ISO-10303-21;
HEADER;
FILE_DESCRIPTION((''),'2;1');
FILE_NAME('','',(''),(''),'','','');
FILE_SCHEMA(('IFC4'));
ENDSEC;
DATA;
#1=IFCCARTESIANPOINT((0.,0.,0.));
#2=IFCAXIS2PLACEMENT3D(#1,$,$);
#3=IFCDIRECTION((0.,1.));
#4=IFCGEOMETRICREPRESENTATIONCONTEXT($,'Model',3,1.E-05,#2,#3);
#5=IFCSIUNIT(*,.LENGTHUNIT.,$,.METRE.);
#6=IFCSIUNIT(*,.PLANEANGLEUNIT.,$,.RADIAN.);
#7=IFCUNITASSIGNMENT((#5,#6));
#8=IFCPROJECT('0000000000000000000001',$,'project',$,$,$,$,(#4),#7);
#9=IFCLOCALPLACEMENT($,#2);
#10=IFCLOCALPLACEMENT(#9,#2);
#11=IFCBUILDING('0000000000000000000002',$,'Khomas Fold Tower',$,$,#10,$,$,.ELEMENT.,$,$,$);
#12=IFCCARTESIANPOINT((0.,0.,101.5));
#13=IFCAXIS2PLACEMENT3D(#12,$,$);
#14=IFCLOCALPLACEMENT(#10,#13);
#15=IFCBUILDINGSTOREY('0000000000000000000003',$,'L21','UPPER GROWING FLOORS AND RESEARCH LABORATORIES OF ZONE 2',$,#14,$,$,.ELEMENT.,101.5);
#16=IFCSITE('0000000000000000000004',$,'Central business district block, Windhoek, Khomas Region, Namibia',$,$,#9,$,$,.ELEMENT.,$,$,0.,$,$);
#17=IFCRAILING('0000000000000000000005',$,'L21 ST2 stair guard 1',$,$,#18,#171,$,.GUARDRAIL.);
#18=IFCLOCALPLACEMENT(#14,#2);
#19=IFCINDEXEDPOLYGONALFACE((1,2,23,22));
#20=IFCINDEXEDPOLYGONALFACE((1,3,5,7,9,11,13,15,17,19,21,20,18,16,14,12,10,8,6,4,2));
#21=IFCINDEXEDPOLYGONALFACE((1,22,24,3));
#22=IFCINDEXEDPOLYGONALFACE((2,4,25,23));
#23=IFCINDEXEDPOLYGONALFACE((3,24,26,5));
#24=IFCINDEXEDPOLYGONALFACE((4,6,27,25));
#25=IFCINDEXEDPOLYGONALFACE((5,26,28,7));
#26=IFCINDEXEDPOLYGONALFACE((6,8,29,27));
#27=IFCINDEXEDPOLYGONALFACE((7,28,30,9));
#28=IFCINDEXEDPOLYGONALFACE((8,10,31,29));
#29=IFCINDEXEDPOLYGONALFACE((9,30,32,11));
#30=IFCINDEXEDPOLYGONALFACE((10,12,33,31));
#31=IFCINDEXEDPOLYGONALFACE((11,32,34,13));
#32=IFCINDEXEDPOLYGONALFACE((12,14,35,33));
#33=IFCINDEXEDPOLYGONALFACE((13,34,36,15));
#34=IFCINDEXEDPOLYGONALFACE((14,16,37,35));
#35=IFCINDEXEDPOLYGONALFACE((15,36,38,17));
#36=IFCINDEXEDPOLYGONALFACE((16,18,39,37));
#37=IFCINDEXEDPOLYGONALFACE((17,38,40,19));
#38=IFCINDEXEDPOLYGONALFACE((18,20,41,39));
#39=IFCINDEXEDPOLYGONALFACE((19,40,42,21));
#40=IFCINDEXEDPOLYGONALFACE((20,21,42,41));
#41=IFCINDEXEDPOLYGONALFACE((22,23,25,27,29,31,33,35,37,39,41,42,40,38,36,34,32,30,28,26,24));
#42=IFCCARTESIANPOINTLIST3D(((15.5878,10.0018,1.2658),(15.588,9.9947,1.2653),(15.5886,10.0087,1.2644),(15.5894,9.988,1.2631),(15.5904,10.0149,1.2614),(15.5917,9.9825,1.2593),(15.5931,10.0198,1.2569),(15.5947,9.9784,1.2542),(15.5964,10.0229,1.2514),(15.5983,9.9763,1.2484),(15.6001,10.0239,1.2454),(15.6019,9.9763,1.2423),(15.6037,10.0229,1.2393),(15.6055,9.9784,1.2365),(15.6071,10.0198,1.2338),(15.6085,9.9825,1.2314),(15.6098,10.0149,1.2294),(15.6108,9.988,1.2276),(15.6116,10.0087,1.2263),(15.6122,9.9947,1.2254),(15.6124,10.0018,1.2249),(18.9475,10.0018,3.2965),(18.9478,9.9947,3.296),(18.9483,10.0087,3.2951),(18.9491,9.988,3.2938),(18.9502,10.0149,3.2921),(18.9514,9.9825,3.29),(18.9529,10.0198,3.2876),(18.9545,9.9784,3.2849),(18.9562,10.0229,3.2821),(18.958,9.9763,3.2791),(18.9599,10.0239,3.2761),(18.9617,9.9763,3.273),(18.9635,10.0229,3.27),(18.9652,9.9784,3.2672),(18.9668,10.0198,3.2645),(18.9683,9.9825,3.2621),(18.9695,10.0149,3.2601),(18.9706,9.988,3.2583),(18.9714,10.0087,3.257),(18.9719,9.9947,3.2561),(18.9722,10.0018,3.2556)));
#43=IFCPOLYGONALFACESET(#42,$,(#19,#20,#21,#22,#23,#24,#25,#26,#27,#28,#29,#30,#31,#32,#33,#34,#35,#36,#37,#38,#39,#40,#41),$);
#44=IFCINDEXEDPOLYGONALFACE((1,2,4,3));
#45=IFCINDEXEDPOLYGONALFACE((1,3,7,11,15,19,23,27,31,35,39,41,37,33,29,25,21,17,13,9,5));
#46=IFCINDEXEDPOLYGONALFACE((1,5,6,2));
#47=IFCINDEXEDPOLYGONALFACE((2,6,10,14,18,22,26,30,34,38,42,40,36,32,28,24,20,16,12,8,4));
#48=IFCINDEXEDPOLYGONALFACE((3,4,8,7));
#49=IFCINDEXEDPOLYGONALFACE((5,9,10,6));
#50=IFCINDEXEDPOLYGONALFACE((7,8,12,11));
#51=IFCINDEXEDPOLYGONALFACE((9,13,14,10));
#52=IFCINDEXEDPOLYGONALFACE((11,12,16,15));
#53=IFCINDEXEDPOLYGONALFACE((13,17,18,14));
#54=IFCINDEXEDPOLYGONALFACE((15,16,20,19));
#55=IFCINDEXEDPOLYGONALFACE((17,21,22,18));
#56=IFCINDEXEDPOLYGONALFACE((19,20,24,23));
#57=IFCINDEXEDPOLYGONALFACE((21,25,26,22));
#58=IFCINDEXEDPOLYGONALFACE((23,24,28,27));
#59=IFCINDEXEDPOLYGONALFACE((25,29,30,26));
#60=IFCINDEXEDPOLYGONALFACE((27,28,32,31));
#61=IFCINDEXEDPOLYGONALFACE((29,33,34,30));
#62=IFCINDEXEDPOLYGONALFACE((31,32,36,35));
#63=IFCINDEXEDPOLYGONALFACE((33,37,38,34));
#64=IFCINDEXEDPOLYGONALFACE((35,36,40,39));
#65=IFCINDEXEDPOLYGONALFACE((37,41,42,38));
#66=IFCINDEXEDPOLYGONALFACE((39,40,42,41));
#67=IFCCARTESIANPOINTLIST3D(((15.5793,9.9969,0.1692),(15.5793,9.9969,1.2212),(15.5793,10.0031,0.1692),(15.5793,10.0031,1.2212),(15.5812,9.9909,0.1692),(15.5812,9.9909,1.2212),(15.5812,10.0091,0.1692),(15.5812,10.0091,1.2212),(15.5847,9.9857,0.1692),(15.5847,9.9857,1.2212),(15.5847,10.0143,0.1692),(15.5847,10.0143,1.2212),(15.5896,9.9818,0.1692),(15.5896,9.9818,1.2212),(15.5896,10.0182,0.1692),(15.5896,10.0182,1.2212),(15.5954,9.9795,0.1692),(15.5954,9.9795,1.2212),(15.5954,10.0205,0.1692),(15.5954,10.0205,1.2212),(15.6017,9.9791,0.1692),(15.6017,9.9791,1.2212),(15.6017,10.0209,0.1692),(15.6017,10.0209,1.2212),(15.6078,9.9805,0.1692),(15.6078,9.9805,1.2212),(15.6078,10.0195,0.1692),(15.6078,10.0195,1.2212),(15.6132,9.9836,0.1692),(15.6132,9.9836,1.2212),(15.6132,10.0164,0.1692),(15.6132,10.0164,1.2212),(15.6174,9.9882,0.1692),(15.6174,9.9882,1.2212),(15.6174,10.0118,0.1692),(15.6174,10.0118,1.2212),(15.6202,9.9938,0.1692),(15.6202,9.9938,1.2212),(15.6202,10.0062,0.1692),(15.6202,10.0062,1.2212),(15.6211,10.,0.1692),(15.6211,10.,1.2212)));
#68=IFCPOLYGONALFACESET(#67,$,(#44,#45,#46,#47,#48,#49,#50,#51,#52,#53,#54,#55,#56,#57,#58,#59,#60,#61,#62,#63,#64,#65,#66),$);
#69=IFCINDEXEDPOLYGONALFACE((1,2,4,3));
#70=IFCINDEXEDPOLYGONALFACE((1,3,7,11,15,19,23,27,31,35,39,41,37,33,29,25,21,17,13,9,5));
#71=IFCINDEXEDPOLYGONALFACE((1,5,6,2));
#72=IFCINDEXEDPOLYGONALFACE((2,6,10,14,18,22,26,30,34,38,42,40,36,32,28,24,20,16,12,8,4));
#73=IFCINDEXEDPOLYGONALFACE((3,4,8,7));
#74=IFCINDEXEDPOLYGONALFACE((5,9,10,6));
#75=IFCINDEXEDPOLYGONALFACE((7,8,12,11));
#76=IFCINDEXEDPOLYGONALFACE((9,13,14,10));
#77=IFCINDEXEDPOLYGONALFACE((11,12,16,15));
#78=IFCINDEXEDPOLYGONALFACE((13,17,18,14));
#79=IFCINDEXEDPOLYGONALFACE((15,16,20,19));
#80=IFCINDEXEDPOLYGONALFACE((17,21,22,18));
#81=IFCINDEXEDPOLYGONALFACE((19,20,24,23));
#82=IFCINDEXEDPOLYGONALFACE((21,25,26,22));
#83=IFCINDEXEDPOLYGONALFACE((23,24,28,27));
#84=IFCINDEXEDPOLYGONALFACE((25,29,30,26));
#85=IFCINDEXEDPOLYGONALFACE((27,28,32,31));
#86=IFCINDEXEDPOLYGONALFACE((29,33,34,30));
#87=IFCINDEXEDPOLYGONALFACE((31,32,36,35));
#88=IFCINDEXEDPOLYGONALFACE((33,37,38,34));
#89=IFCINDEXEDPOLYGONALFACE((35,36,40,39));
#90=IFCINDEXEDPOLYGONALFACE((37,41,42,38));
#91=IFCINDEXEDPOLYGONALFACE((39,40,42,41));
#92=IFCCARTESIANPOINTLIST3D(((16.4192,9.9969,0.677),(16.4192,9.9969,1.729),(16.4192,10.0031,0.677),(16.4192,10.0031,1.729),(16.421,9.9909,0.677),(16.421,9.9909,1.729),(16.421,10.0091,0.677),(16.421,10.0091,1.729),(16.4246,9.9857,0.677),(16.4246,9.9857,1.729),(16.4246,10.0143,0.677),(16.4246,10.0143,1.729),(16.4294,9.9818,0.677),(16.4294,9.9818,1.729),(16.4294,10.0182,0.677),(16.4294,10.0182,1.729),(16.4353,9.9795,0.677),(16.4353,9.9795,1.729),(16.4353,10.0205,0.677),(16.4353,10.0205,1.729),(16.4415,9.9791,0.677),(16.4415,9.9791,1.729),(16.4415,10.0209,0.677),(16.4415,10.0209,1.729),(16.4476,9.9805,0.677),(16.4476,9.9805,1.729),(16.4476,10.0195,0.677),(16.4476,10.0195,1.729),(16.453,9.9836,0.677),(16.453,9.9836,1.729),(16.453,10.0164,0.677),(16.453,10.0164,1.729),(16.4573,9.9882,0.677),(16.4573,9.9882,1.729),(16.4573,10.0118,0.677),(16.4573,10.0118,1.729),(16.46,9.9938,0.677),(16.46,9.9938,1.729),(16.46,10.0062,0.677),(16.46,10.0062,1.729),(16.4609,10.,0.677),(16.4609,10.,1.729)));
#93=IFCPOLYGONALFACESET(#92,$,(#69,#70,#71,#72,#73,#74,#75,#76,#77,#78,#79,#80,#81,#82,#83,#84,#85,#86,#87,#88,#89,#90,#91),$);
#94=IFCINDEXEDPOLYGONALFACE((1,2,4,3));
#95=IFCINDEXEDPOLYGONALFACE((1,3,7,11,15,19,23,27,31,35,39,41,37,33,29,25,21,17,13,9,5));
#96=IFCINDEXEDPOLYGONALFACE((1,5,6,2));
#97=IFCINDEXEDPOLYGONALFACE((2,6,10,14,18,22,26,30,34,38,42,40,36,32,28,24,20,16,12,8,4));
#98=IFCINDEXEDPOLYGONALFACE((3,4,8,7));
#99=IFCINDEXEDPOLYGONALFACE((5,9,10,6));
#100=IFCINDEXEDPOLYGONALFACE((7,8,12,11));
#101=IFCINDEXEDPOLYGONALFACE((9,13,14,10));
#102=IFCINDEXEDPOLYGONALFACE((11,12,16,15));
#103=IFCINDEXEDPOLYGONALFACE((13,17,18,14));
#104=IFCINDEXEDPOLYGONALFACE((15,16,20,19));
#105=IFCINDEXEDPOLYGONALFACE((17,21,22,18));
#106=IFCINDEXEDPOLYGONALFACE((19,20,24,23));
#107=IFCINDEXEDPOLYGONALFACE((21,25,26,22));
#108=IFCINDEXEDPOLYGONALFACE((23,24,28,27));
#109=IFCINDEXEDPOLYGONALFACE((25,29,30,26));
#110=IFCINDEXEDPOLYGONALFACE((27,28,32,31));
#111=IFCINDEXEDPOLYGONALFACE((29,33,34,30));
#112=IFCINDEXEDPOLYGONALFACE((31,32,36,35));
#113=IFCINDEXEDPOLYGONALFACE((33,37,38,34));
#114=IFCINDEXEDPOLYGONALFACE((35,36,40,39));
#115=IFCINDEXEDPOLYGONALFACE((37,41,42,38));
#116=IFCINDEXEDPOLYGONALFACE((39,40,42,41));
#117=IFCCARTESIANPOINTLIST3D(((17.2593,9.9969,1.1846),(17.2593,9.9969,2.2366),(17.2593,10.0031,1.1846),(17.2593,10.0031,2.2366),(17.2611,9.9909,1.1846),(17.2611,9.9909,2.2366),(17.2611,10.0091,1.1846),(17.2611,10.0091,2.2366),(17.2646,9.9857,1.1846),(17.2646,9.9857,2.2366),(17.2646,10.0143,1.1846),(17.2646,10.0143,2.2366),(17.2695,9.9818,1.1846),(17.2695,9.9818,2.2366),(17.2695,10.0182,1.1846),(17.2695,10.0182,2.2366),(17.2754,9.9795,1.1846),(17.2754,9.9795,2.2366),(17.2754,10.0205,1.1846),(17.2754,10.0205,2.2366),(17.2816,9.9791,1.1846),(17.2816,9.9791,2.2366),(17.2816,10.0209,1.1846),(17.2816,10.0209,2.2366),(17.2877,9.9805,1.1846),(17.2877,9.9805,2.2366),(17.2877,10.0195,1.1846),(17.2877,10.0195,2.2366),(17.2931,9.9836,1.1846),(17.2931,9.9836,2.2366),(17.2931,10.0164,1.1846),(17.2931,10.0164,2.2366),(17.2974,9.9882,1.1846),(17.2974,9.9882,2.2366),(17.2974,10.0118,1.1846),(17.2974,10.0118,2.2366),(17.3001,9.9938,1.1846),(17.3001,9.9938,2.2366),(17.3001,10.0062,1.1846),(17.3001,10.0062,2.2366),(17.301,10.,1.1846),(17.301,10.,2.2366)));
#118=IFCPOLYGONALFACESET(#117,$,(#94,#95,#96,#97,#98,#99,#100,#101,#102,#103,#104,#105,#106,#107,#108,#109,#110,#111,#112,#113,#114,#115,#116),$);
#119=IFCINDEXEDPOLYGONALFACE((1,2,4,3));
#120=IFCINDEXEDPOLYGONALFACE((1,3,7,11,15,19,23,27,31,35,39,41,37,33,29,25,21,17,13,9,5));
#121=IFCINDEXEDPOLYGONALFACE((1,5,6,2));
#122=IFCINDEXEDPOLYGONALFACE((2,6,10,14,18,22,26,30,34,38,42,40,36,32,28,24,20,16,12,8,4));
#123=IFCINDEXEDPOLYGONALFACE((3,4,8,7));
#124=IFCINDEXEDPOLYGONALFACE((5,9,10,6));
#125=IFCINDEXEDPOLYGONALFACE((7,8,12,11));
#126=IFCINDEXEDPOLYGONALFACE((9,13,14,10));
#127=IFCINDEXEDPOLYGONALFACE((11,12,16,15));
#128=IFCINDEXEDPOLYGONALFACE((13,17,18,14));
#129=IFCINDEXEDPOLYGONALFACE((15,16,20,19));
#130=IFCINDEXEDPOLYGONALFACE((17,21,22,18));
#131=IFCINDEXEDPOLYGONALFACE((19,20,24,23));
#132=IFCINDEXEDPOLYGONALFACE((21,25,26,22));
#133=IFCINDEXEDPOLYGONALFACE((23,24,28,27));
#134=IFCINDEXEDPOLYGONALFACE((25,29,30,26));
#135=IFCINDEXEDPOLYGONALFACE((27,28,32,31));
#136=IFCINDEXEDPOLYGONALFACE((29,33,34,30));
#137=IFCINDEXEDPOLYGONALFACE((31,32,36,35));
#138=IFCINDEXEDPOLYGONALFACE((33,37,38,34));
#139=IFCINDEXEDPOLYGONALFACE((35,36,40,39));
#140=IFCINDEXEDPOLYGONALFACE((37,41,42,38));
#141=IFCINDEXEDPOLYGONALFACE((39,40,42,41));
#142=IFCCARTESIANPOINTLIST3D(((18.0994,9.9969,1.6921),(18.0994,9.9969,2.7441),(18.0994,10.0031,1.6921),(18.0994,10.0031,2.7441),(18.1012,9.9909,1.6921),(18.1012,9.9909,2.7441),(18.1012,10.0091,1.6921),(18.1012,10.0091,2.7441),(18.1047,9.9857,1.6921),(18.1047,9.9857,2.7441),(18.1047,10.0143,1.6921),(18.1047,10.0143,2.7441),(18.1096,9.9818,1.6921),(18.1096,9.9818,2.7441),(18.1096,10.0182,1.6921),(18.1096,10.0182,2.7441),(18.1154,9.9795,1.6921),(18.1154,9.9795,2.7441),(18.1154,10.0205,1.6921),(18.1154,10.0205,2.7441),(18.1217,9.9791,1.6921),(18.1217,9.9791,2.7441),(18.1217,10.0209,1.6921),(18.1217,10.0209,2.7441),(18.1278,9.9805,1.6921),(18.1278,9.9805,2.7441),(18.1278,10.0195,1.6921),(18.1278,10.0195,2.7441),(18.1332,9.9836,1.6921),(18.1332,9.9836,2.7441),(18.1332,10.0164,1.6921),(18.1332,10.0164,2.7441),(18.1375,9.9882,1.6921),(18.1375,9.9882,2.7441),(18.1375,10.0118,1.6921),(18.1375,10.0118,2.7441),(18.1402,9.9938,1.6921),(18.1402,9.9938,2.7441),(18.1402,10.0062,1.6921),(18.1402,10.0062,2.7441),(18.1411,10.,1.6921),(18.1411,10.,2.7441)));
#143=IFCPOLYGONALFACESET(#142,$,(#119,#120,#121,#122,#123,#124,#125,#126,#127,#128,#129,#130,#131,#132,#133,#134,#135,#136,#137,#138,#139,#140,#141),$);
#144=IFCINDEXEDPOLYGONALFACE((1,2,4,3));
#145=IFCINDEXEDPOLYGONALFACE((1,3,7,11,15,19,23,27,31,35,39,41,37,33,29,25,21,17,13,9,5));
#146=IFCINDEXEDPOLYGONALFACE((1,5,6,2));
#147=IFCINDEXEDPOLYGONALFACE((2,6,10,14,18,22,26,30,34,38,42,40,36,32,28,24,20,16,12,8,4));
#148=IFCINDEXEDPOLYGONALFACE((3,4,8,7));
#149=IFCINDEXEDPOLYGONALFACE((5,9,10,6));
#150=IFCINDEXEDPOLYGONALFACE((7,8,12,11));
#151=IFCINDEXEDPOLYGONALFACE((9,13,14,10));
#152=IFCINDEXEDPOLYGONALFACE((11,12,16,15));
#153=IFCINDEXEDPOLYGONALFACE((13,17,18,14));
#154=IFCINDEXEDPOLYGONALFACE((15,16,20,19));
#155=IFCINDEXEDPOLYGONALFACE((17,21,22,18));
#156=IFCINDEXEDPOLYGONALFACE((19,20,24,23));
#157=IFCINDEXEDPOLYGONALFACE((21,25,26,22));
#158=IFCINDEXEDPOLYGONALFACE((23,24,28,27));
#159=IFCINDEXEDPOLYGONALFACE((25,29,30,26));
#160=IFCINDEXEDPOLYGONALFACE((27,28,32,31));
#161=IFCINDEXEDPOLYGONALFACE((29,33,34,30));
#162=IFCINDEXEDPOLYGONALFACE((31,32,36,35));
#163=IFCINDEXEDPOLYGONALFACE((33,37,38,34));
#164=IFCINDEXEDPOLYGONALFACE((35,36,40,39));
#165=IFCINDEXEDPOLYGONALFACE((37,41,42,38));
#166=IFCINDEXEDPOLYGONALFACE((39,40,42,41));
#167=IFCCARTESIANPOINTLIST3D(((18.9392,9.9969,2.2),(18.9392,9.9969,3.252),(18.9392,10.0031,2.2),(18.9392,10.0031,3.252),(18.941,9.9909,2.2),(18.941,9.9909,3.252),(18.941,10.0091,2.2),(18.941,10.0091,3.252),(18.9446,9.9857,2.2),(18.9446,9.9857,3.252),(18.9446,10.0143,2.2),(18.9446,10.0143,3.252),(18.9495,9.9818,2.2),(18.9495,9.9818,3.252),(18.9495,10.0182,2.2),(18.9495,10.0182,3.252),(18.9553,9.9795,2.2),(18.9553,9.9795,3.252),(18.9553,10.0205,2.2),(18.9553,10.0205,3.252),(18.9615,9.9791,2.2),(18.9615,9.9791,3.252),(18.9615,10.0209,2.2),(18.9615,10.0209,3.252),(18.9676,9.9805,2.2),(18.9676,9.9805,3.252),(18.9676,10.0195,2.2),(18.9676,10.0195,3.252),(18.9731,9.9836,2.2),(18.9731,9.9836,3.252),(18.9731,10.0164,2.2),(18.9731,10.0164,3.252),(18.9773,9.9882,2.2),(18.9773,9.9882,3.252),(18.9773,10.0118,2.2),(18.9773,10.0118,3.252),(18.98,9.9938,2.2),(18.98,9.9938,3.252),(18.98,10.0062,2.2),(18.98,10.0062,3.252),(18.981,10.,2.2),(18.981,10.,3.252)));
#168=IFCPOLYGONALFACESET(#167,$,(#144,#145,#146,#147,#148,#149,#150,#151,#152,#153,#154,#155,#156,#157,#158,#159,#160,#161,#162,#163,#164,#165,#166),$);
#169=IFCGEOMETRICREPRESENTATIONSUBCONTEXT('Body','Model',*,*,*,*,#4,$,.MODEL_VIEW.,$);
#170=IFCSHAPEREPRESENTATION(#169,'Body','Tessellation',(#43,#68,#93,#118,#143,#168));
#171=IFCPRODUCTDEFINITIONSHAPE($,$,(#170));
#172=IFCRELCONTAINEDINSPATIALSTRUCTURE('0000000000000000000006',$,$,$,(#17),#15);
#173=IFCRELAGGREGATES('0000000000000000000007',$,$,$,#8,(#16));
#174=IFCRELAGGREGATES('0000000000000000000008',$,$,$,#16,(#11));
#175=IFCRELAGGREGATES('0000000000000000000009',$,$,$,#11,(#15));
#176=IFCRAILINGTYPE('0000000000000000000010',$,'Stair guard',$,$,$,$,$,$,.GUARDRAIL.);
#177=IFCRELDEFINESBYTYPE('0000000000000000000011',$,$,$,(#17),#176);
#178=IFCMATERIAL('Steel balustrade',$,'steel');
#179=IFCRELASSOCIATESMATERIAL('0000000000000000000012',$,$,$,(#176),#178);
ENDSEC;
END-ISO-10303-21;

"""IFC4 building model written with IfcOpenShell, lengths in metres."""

from ifc_helpers import new_model, si_unit, direction, frame, origin, origin_2d, place, context, subcontext, project, spatial, circle, extrude, source, transform, mapped, material, type_object, element, save


model = new_model("IFC4")

# Units and contexts
model_context = context("Model", 3, precision=1e-05, world=origin(), true_north=direction((0.0, 1.0)))
body_context = subcontext(model_context, "Body", "Model", "MODEL_VIEW")
ifc_project = project(units=[si_unit("LENGTHUNIT", "METRE"), si_unit("PLANEANGLEUNIT", "RADIAN")], contexts=[model_context])

# Site, building, storey
site_placement = place(None, origin())
site = spatial("IfcSite", under=ifc_project, at=site_placement, Name="Central business district block, Windhoek, Khomas Region, Namibia", CompositionType="ELEMENT", RefElevation=0.0)
building_placement = place(site_placement, origin())
building = spatial("IfcBuilding", under=site, at=building_placement, Name="Khomas Fold Tower", CompositionType="ELEMENT")
storey_placement = place(building_placement, frame((0.0, 0.0, 101.5)))
storey = spatial("IfcBuildingStorey", under=building, at=storey_placement, Name="L21", Description="UPPER GROWING FLOORS AND RESEARCH LABORATORIES OF ZONE 2", CompositionType="ELEMENT", Elevation=101.5)

# Railing
ifc_material_1 = material(Name="Steel balustrade", Category="steel")
railing_type_1 = type_object("IfcRailingType", Name="Stair guard", PredefinedType="GUARDRAIL", material=ifc_material_1)
shared_shape_1 = source(origin(), body_context, "Body", "SweptSolid", [
    extrude(circle(Radius=0.0239, at=origin_2d()), frame((0.0, 0.0, 1.0762), z_axis=(0.85582, 0.0, 0.517273), x_axis=(0.0, 1.0, 0.0)), (0.0, 0.0, 1.0), 3.9258),
    extrude(circle(Radius=0.021, at=origin_2d()), origin(), (0.0, 0.0, 1.0), 1.052),
    extrude(circle(Radius=0.021, at=origin_2d()), frame((0.8398, 0.0, 0.5078)), (0.0, 0.0, 1.0), 1.052),
    extrude(circle(Radius=0.021, at=origin_2d()), frame((1.6799, 0.0, 1.0154)), (0.0, 0.0, 1.0), 1.052),
    extrude(circle(Radius=0.021, at=origin_2d()), frame((2.52, 0.0, 1.5229)), (0.0, 0.0, 1.0), 1.052),
    extrude(circle(Radius=0.021, at=origin_2d()), frame((3.3599, 0.0, 2.0308)), (0.0, 0.0, 1.0), 1.052),
])
railing_1_placement = place(storey_placement, frame((15.6001, 10.0, 0.1692)))
element("IfcRailing", 1, at=railing_1_placement, inside=storey, type_object=railing_type_1, Name="L21 ST2 stair guard 1", PredefinedType="GUARDRAIL", context=body_context, shape_type="MappedRepresentation", body=[
    mapped(shared_shape_1, transform((0.0, 0.0, 0.0))),
])

save(model, "model.ifc")
